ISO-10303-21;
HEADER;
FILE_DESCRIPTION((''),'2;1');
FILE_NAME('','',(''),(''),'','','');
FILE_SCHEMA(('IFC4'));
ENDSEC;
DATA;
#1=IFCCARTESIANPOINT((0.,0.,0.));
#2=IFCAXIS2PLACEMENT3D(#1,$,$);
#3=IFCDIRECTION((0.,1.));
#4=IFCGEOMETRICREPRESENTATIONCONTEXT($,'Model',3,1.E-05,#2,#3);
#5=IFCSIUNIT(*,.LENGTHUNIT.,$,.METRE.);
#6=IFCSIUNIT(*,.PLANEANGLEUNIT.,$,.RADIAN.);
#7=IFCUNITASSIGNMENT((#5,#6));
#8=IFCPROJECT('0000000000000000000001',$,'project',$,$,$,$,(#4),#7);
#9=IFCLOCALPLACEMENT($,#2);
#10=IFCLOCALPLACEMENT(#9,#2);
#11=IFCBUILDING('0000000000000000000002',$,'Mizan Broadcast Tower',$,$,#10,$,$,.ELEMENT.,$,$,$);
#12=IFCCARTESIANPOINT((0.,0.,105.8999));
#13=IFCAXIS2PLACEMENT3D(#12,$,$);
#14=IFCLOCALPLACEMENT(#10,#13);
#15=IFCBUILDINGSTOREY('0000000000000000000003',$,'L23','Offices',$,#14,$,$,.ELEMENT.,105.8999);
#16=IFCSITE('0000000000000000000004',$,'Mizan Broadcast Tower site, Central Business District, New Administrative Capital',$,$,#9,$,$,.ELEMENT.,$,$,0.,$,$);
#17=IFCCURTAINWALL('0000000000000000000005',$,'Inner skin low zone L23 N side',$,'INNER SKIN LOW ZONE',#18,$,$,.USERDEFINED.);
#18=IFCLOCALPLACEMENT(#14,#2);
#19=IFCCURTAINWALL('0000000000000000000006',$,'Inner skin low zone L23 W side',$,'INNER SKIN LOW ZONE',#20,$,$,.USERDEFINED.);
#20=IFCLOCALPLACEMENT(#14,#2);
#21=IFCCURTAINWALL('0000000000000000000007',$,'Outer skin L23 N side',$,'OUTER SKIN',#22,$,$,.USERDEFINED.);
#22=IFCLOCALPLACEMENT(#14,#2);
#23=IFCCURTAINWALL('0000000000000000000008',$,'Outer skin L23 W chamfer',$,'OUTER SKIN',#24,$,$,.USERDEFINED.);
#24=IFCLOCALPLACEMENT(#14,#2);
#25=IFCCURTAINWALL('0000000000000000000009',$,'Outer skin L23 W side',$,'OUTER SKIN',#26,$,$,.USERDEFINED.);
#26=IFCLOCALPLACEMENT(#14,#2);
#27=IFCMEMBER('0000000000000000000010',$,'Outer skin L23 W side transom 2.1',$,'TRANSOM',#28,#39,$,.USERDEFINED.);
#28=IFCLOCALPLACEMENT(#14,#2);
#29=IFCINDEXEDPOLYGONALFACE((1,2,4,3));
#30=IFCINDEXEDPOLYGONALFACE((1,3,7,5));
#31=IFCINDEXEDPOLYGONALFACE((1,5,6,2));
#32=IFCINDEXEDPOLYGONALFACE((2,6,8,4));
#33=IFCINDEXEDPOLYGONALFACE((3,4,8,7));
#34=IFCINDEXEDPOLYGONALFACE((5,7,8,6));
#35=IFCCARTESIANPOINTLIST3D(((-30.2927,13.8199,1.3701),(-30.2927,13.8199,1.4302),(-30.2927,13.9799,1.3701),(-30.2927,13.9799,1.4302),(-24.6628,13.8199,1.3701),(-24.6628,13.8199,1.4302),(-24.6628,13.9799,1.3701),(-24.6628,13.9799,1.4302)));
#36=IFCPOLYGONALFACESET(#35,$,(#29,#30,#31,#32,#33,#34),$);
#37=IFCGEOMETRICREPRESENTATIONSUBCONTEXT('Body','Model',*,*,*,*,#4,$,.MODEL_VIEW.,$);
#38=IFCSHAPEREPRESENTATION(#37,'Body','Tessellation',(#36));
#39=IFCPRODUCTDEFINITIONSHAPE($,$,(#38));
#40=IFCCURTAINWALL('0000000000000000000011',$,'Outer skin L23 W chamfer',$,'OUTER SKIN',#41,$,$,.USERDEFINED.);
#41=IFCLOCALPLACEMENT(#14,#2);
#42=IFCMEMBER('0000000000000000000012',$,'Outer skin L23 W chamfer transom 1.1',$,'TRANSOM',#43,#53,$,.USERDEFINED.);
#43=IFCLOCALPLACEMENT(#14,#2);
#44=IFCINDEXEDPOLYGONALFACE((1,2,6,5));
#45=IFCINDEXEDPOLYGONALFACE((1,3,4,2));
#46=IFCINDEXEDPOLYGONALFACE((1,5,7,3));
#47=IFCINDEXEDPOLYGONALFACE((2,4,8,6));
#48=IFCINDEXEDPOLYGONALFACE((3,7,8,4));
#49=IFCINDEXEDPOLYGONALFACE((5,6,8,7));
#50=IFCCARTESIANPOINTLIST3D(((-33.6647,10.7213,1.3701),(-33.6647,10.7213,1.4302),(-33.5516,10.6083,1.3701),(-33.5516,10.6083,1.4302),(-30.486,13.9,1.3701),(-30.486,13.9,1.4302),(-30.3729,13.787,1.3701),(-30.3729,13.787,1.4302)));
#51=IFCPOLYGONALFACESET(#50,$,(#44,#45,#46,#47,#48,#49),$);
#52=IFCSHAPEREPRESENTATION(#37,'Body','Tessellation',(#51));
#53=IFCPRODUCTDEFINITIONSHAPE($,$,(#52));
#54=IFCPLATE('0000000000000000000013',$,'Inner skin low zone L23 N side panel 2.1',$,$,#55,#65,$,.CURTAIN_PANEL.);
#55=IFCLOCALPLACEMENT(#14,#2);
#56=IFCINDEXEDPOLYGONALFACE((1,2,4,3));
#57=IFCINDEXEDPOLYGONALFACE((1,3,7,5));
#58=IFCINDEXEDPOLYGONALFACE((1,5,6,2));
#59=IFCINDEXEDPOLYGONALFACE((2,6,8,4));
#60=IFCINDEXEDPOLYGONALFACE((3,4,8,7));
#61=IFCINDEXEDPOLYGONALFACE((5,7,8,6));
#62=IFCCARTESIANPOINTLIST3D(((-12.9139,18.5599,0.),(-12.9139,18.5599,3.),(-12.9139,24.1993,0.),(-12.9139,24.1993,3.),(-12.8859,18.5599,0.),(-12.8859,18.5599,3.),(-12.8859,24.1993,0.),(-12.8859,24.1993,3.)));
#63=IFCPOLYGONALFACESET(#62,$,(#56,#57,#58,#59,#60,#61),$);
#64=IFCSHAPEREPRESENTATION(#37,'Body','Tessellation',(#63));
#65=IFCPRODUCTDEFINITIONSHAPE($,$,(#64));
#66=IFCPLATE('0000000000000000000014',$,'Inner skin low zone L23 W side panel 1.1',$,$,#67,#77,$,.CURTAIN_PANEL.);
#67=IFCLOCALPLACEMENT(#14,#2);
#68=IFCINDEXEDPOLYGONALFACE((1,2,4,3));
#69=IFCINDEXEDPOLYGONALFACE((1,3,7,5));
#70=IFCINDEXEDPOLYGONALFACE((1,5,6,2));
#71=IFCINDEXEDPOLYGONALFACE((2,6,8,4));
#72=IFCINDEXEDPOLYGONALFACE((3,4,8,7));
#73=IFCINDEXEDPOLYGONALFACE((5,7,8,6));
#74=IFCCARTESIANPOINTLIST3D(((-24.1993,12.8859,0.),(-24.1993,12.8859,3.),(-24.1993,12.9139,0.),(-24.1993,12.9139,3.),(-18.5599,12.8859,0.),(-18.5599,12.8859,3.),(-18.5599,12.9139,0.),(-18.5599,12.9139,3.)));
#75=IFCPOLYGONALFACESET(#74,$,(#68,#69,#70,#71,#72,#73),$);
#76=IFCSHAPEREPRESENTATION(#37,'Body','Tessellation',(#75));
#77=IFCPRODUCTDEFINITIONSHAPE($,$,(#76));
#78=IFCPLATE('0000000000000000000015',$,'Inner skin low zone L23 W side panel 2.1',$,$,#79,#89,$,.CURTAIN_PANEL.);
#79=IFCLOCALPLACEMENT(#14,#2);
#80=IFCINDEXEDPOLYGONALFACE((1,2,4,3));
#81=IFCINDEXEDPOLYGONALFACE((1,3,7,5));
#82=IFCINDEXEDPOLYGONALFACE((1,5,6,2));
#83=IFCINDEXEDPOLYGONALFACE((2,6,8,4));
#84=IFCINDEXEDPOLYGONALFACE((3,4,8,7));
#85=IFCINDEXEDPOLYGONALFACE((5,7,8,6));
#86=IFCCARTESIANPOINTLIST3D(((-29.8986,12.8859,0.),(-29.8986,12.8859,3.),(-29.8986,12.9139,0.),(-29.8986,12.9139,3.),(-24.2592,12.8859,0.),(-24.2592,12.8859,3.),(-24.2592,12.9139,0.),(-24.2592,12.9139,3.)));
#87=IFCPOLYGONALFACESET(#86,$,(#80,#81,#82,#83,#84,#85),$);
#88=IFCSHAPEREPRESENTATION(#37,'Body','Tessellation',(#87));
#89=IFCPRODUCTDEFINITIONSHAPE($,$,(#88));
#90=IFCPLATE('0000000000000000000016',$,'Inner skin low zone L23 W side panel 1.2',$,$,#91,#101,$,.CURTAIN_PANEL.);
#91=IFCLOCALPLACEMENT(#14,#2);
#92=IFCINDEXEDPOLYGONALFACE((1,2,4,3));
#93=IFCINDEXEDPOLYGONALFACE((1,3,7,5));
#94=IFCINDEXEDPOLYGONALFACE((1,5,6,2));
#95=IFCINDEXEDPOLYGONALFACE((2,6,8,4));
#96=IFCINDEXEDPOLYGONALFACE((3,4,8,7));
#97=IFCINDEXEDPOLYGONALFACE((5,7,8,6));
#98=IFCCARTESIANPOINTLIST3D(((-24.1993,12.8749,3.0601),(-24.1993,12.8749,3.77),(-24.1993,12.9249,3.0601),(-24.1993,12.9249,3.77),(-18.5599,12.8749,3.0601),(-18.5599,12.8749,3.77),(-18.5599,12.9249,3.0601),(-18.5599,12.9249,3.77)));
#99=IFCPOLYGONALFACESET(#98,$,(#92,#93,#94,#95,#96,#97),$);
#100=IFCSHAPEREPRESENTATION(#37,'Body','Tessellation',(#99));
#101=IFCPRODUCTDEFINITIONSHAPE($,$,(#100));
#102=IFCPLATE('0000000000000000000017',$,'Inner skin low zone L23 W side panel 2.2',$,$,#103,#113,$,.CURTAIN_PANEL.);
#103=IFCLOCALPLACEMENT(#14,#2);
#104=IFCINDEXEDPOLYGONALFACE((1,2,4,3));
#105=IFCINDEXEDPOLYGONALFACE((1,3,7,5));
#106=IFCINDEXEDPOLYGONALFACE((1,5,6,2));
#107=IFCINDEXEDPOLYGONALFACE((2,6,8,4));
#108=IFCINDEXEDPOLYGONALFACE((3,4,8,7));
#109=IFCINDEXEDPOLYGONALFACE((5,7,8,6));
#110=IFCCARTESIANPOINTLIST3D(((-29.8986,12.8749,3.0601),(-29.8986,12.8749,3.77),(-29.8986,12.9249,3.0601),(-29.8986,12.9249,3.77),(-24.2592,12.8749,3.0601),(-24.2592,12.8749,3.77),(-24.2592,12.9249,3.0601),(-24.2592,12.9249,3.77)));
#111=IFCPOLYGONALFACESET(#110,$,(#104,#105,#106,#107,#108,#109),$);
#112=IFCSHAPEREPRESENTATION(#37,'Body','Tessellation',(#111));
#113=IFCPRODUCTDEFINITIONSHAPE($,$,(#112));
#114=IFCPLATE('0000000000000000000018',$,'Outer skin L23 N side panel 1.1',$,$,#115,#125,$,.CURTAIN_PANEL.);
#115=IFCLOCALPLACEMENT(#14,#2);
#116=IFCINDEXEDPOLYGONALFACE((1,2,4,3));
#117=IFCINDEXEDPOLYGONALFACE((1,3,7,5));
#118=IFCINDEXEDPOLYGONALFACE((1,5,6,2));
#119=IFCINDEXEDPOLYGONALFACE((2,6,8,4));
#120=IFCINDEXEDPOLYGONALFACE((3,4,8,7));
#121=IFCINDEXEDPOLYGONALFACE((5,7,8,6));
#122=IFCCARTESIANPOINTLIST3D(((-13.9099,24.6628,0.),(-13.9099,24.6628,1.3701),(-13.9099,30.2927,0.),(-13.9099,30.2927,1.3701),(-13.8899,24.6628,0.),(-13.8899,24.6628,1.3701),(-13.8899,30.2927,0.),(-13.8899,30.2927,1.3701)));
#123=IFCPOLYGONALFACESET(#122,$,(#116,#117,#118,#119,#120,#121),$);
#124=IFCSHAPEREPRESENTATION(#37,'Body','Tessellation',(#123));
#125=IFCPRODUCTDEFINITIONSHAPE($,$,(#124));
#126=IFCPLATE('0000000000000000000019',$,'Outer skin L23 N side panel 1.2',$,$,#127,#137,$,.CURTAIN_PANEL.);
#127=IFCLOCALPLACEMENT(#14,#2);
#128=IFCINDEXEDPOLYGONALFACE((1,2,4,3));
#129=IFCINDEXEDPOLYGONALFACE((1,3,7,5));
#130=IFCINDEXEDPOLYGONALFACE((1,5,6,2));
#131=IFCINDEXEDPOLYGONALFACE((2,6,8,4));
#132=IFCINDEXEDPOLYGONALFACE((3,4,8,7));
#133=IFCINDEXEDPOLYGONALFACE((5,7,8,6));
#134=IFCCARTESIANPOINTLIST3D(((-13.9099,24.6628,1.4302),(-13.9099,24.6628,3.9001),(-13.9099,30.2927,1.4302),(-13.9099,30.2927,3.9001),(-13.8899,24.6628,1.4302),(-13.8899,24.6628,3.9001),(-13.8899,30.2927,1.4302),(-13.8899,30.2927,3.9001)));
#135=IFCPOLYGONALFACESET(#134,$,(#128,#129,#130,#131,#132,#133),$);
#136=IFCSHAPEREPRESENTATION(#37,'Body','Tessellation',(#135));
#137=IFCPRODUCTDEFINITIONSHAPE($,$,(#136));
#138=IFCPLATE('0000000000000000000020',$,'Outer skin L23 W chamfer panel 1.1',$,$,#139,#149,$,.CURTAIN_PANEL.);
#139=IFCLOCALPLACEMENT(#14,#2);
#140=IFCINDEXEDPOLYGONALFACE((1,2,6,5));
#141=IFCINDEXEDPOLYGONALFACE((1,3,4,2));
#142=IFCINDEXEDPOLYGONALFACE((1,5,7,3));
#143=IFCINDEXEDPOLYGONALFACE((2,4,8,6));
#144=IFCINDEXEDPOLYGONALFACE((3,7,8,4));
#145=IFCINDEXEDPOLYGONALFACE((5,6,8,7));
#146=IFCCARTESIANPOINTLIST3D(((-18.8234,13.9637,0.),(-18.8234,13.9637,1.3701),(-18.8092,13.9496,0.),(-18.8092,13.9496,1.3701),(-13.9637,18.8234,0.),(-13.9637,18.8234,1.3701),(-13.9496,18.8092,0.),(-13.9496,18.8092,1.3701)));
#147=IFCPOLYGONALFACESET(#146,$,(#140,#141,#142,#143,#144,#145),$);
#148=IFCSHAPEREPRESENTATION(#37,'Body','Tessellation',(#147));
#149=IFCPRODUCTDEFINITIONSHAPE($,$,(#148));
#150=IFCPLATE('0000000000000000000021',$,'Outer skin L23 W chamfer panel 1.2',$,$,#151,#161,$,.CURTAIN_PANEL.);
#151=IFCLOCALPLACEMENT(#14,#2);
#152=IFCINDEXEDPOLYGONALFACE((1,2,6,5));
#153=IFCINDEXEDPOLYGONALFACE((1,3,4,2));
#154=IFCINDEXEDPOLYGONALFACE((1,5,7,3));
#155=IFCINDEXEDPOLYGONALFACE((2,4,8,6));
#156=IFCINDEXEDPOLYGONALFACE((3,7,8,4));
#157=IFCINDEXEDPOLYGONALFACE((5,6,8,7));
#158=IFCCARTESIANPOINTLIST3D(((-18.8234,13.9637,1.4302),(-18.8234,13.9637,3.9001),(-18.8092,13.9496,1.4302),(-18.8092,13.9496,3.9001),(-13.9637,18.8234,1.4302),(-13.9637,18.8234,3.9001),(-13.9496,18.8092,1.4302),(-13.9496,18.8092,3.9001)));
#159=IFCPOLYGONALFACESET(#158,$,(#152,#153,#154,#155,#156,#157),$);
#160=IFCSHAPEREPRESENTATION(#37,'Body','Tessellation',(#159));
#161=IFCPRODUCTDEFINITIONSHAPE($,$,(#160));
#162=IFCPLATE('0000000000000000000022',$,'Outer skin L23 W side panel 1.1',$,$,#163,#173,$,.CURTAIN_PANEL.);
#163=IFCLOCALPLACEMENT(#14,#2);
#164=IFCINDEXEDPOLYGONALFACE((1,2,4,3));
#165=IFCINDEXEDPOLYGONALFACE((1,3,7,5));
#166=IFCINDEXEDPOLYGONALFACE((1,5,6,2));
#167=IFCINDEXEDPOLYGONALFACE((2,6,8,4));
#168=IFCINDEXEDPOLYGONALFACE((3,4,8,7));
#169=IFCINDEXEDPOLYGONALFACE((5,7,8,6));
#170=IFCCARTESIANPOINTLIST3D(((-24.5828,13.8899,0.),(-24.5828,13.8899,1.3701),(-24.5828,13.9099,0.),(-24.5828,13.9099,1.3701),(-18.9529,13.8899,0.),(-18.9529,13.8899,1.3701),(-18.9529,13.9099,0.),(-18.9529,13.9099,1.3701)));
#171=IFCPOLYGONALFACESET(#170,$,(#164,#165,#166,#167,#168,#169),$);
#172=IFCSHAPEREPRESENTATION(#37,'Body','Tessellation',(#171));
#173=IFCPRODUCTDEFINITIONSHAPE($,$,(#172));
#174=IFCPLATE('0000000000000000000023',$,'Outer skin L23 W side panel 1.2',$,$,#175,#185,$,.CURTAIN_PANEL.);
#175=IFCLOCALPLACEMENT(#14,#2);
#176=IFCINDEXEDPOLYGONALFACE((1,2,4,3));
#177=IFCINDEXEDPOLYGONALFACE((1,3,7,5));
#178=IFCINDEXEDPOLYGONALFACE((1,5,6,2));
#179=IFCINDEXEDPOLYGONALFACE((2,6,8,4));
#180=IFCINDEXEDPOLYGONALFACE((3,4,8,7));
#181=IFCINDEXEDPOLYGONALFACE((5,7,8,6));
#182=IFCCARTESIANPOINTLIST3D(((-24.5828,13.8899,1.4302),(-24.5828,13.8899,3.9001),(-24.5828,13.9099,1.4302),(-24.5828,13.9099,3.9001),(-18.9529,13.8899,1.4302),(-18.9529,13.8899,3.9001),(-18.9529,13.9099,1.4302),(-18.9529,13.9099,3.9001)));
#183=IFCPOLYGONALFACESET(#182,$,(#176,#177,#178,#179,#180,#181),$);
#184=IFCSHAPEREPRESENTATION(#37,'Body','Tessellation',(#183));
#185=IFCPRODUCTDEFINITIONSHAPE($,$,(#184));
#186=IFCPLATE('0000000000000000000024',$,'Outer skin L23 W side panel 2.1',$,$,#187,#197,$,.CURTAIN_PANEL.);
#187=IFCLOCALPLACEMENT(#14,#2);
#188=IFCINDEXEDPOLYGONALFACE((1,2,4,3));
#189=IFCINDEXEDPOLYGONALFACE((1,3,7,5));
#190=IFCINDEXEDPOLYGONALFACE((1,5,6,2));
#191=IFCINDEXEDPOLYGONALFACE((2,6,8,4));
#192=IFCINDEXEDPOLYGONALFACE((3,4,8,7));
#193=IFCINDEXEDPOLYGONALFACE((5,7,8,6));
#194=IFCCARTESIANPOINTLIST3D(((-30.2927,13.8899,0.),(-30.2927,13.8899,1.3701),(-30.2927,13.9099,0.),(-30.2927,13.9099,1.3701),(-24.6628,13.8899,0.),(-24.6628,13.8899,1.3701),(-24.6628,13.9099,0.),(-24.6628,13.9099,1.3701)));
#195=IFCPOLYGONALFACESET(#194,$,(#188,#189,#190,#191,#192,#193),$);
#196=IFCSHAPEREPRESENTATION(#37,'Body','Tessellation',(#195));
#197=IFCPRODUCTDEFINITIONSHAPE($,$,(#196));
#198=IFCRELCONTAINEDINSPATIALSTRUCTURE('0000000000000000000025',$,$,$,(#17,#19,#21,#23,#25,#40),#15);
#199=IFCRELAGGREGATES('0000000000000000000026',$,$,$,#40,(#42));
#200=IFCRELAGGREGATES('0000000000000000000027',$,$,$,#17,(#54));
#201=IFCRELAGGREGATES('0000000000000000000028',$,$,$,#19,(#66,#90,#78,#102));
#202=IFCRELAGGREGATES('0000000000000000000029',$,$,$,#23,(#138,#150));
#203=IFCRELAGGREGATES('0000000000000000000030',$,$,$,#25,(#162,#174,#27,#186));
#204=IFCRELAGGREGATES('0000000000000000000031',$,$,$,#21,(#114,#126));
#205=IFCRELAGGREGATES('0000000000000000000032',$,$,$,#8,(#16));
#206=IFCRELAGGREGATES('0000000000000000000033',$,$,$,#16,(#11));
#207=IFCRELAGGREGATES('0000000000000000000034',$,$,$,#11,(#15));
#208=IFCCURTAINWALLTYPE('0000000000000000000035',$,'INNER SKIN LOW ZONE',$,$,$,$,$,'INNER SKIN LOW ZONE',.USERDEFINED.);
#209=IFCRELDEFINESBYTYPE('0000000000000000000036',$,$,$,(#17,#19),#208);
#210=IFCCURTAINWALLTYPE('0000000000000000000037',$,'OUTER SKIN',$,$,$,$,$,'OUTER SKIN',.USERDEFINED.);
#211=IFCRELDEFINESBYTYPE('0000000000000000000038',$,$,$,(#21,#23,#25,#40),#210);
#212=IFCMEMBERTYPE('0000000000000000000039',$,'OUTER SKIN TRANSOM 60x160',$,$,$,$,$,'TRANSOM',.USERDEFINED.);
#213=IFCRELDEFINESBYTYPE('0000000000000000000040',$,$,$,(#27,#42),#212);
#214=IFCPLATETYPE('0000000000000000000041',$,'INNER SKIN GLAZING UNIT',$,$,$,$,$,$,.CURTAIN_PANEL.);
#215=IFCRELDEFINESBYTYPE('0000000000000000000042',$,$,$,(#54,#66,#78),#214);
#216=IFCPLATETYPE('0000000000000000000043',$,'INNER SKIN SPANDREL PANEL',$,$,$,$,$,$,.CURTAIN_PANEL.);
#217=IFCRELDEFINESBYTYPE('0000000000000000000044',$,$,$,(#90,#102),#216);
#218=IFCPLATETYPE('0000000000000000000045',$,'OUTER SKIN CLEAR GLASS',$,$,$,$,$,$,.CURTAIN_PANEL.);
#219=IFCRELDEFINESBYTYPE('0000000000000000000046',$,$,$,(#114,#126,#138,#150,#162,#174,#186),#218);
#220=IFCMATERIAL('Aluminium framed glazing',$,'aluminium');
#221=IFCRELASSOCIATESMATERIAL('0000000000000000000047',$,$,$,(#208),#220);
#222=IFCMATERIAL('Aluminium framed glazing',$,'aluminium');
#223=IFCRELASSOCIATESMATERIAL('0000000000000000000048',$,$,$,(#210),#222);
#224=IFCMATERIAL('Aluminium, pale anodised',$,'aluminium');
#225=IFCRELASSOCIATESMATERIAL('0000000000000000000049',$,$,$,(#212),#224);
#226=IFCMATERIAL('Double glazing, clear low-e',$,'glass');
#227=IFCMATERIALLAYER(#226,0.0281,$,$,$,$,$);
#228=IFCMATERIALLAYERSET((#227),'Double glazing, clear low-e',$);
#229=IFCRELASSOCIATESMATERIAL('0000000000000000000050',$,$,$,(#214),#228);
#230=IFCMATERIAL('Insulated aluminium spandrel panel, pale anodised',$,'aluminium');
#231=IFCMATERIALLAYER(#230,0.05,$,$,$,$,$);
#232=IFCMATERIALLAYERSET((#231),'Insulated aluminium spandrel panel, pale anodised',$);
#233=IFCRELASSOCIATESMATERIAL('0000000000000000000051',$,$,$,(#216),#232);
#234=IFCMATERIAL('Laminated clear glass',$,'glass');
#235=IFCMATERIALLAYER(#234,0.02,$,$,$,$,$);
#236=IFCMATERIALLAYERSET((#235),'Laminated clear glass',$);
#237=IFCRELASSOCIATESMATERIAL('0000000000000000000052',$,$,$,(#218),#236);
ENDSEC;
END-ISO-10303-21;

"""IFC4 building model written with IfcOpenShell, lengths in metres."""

from ifc_helpers import new_model, si_unit, direction, frame, origin, origin_2d, place, context, subcontext, project, spatial, rectangle, extrude, material, layer, layer_set, material_profile, profile_set, type_object, element, aggregate, save


model = new_model("IFC4")

# Units and contexts
model_context = context("Model", 3, precision=1e-05, world=origin(), true_north=direction((0.0, 1.0)))
body_context = subcontext(model_context, "Body", "Model", "MODEL_VIEW")
ifc_project = project(units=[si_unit("LENGTHUNIT", "METRE"), si_unit("PLANEANGLEUNIT", "RADIAN")], contexts=[model_context])

# Site, building, storey
site_placement = place(None, origin())
site = spatial("IfcSite", under=ifc_project, at=site_placement, Name="Mizan Broadcast Tower site, Central Business District, New Administrative Capital", CompositionType="ELEMENT", RefElevation=0.0)
building_placement = place(site_placement, origin())
building = spatial("IfcBuilding", under=site, at=building_placement, Name="Mizan Broadcast Tower", CompositionType="ELEMENT")
storey_placement = place(building_placement, frame((0.0, 0.0, 105.8999)))
storey = spatial("IfcBuildingStorey", under=building, at=storey_placement, Name="L23", Description="Offices", CompositionType="ELEMENT", Elevation=105.8999)

# Curtain wall
ifc_material_1 = material(Name="Aluminium framed glazing", Category="aluminium")
curtain_wall_type_1 = type_object("IfcCurtainWallType", Name="INNER SKIN LOW ZONE", ElementType="INNER SKIN LOW ZONE", PredefinedType="USERDEFINED", material=ifc_material_1)
curtain_wall_1_placement = place(storey_placement, origin())
curtain_wall_1 = element("IfcCurtainWall", 1, at=curtain_wall_1_placement, inside=storey, type_object=curtain_wall_type_1, Name="Inner skin low zone L23 N side", ObjectType="INNER SKIN LOW ZONE", PredefinedType="USERDEFINED")

# Curtain wall
curtain_wall_2_placement = place(storey_placement, origin())
curtain_wall_2 = element("IfcCurtainWall", 2, at=curtain_wall_2_placement, inside=storey, type_object=curtain_wall_type_1, Name="Inner skin low zone L23 W side", ObjectType="INNER SKIN LOW ZONE", PredefinedType="USERDEFINED")

# Shared definitions
ifc_material_2 = material(Name="Aluminium framed glazing", Category="aluminium")
curtain_wall_type_2 = type_object("IfcCurtainWallType", Name="OUTER SKIN", ElementType="OUTER SKIN", PredefinedType="USERDEFINED", material=ifc_material_2)

# Curtain wall
curtain_wall_3_placement = place(storey_placement, origin())
curtain_wall_3 = element("IfcCurtainWall", 3, at=curtain_wall_3_placement, inside=storey, type_object=curtain_wall_type_2, Name="Outer skin L23 N side", ObjectType="OUTER SKIN", PredefinedType="USERDEFINED")

# Curtain wall
curtain_wall_4_placement = place(storey_placement, origin())
curtain_wall_4 = element("IfcCurtainWall", 4, at=curtain_wall_4_placement, inside=storey, type_object=curtain_wall_type_2, Name="Outer skin L23 W chamfer", ObjectType="OUTER SKIN", PredefinedType="USERDEFINED")

# Curtain wall
curtain_wall_5_placement = place(storey_placement, origin())
curtain_wall_5 = element("IfcCurtainWall", 5, at=curtain_wall_5_placement, inside=storey, type_object=curtain_wall_type_2, Name="Outer skin L23 W side", ObjectType="OUTER SKIN", PredefinedType="USERDEFINED")

# Member
ifc_material_3 = material(Name="Aluminium, pale anodised", Category="aluminium")
ifc_material_profile_1 = material_profile(ifc_material_3, rectangle(XDim=0.1599, YDim=0.0601, at=origin_2d()), Name="TRANSOM 160x60")
ifc_profile_set_1 = profile_set([ifc_material_profile_1], Name="Aluminium, pale anodised")
member_type_1 = type_object("IfcMemberType", Name="OUTER SKIN TRANSOM 60x160", ElementType="TRANSOM", PredefinedType="USERDEFINED", material=ifc_profile_set_1)
member_1_placement = place(storey_placement, frame((-24.6628, 13.8999, 1.4001), z_axis=(-1.0, 0.0, 0.0), x_axis=(0.0, -1.0, 0.0)))
member_1 = element("IfcMember", 6, at=member_1_placement, type_object=member_type_1, Name="Outer skin L23 W side transom 2.1", ObjectType="TRANSOM", PredefinedType="USERDEFINED", context=body_context, shape_type="SweptSolid", body=[
    extrude(rectangle(XDim=0.1599, YDim=0.0601, at=origin_2d()), origin(), (0.0, 0.0, 1.0), 5.6299),
])

# Curtain wall, member
curtain_wall_6_placement = place(storey_placement, origin())
curtain_wall_6 = element("IfcCurtainWall", 7, at=curtain_wall_6_placement, inside=storey, type_object=curtain_wall_type_2, Name="Outer skin L23 W chamfer", ObjectType="OUTER SKIN", PredefinedType="USERDEFINED")
member_2_placement = place(storey_placement, frame((-30.4294, 13.8435, 1.4001), z_axis=(-0.707107, -0.707107, 0.0), x_axis=(0.707107, -0.707107, 0.0)))
member_2 = element("IfcMember", 8, at=member_2_placement, type_object=member_type_1, Name="Outer skin L23 W chamfer transom 1.1", ObjectType="TRANSOM", PredefinedType="USERDEFINED", context=body_context, shape_type="SweptSolid", body=[
    extrude(rectangle(XDim=0.1599, YDim=0.0601, at=origin_2d()), origin(), (0.0, 0.0, 1.0), 4.4954),
])
aggregate(curtain_wall_6, [member_2])

# Plates
ifc_material_4 = material(Name="Double glazing, clear low-e", Category="glass")
ifc_layer_1 = layer(ifc_material_4, 0.0281)
ifc_layer_set_1 = layer_set([ifc_layer_1], Name="Double glazing, clear low-e")
plate_type_1 = type_object("IfcPlateType", Name="INNER SKIN GLAZING UNIT", PredefinedType="CURTAIN_PANEL", material=ifc_layer_set_1)
plate_1_placement = place(storey_placement, frame((-12.8999, 21.3796, 0.0), z_axis=(0.0, 0.0, 1.0), x_axis=(0.0, -1.0, 0.0)))
plate_1 = element("IfcPlate", 9, at=plate_1_placement, type_object=plate_type_1, Name="Inner skin low zone L23 N side panel 2.1", PredefinedType="CURTAIN_PANEL", context=body_context, shape_type="SweptSolid", body=[
    extrude(rectangle(XDim=5.6394, YDim=0.0281, at=origin_2d()), origin(), (0.0, 0.0, 1.0), 3.0),
])
aggregate(curtain_wall_1, [plate_1])
plate_2_placement = place(storey_placement, frame((-21.3796, 12.8999, 0.0), z_axis=(0.0, 0.0, 1.0), x_axis=(-1.0, 0.0, 0.0)))
plate_2 = element("IfcPlate", 10, at=plate_2_placement, type_object=plate_type_1, Name="Inner skin low zone L23 W side panel 1.1", PredefinedType="CURTAIN_PANEL", context=body_context, shape_type="SweptSolid", body=[
    extrude(rectangle(XDim=5.6394, YDim=0.0281, at=origin_2d()), origin(), (0.0, 0.0, 1.0), 3.0),
])
plate_3_placement = place(storey_placement, frame((-27.0789, 12.8999, 0.0), z_axis=(0.0, 0.0, 1.0), x_axis=(-1.0, 0.0, 0.0)))
plate_3 = element("IfcPlate", 11, at=plate_3_placement, type_object=plate_type_1, Name="Inner skin low zone L23 W side panel 2.1", PredefinedType="CURTAIN_PANEL", context=body_context, shape_type="SweptSolid", body=[
    extrude(rectangle(XDim=5.6394, YDim=0.0281, at=origin_2d()), origin(), (0.0, 0.0, 1.0), 3.0),
])
ifc_material_5 = material(Name="Insulated aluminium spandrel panel, pale anodised", Category="aluminium")
ifc_layer_2 = layer(ifc_material_5, 0.05)
ifc_layer_set_2 = layer_set([ifc_layer_2], Name="Insulated aluminium spandrel panel, pale anodised")
plate_type_2 = type_object("IfcPlateType", Name="INNER SKIN SPANDREL PANEL", PredefinedType="CURTAIN_PANEL", material=ifc_layer_set_2)
plate_4_placement = place(storey_placement, frame((-21.3796, 12.8999, 3.0601), z_axis=(0.0, 0.0, 1.0), x_axis=(-1.0, 0.0, 0.0)))
plate_4 = element("IfcPlate", 12, at=plate_4_placement, type_object=plate_type_2, Name="Inner skin low zone L23 W side panel 1.2", PredefinedType="CURTAIN_PANEL", context=body_context, shape_type="SweptSolid", body=[
    extrude(rectangle(XDim=5.6394, YDim=0.05, at=origin_2d()), origin(), (0.0, 0.0, 1.0), 0.71),
])
plate_5_placement = place(storey_placement, frame((-27.0789, 12.8999, 3.0601), z_axis=(0.0, 0.0, 1.0), x_axis=(-1.0, 0.0, 0.0)))
plate_5 = element("IfcPlate", 13, at=plate_5_placement, type_object=plate_type_2, Name="Inner skin low zone L23 W side panel 2.2", PredefinedType="CURTAIN_PANEL", context=body_context, shape_type="SweptSolid", body=[
    extrude(rectangle(XDim=5.6394, YDim=0.05, at=origin_2d()), origin(), (0.0, 0.0, 1.0), 0.71),
])
aggregate(curtain_wall_2, [plate_2, plate_4, plate_3, plate_5])
ifc_material_6 = material(Name="Laminated clear glass", Category="glass")
ifc_layer_3 = layer(ifc_material_6, 0.02)
ifc_layer_set_3 = layer_set([ifc_layer_3], Name="Laminated clear glass")
plate_type_3 = type_object("IfcPlateType", Name="OUTER SKIN CLEAR GLASS", PredefinedType="CURTAIN_PANEL", material=ifc_layer_set_3)
plate_6_placement = place(storey_placement, frame((-13.8999, 27.4778, 0.0), z_axis=(0.0, 0.0, 1.0), x_axis=(0.0, -1.0, 0.0)))
plate_6 = element("IfcPlate", 14, at=plate_6_placement, type_object=plate_type_3, Name="Outer skin L23 N side panel 1.1", PredefinedType="CURTAIN_PANEL", context=body_context, shape_type="SweptSolid", body=[
    extrude(rectangle(XDim=5.6299, YDim=0.02, at=origin_2d()), origin(), (0.0, 0.0, 1.0), 1.3701),
])
plate_7_placement = place(storey_placement, frame((-13.8999, 27.4778, 1.4302), z_axis=(0.0, 0.0, 1.0), x_axis=(0.0, -1.0, 0.0)))
plate_7 = element("IfcPlate", 15, at=plate_7_placement, type_object=plate_type_3, Name="Outer skin L23 N side panel 1.2", PredefinedType="CURTAIN_PANEL", context=body_context, shape_type="SweptSolid", body=[
    extrude(rectangle(XDim=5.6299, YDim=0.02, at=origin_2d()), origin(), (0.0, 0.0, 1.0), 2.47),
])
plate_8_placement = place(storey_placement, frame((-16.3865, 16.3865, 0.0), z_axis=(0.0, 0.0, 1.0), x_axis=(-0.707107, -0.707107, 0.0)))
plate_8 = element("IfcPlate", 16, at=plate_8_placement, type_object=plate_type_3, Name="Outer skin L23 W chamfer panel 1.1", PredefinedType="CURTAIN_PANEL", context=body_context, shape_type="SweptSolid", body=[
    extrude(rectangle(XDim=6.8726, YDim=0.02, at=origin_2d()), origin(), (0.0, 0.0, 1.0), 1.3701),
])
plate_9_placement = place(storey_placement, frame((-16.3865, 16.3865, 1.4302), z_axis=(0.0, 0.0, 1.0), x_axis=(-0.707107, -0.707107, 0.0)))
plate_9 = element("IfcPlate", 17, at=plate_9_placement, type_object=plate_type_3, Name="Outer skin L23 W chamfer panel 1.2", PredefinedType="CURTAIN_PANEL", context=body_context, shape_type="SweptSolid", body=[
    extrude(rectangle(XDim=6.8726, YDim=0.02, at=origin_2d()), origin(), (0.0, 0.0, 1.0), 2.47),
])
aggregate(curtain_wall_4, [plate_8, plate_9])
plate_10_placement = place(storey_placement, frame((-21.7678, 13.8999, 0.0), z_axis=(0.0, 0.0, 1.0), x_axis=(-1.0, 0.0, 0.0)))
plate_10 = element("IfcPlate", 18, at=plate_10_placement, type_object=plate_type_3, Name="Outer skin L23 W side panel 1.1", PredefinedType="CURTAIN_PANEL", context=body_context, shape_type="SweptSolid", body=[
    extrude(rectangle(XDim=5.6299, YDim=0.02, at=origin_2d()), origin(), (0.0, 0.0, 1.0), 1.3701),
])
plate_11_placement = place(storey_placement, frame((-21.7678, 13.8999, 1.4302), z_axis=(0.0, 0.0, 1.0), x_axis=(-1.0, 0.0, 0.0)))
plate_11 = element("IfcPlate", 19, at=plate_11_placement, type_object=plate_type_3, Name="Outer skin L23 W side panel 1.2", PredefinedType="CURTAIN_PANEL", context=body_context, shape_type="SweptSolid", body=[
    extrude(rectangle(XDim=5.6299, YDim=0.02, at=origin_2d()), origin(), (0.0, 0.0, 1.0), 2.47),
])
plate_12_placement = place(storey_placement, frame((-27.4778, 13.8999, 0.0), z_axis=(0.0, 0.0, 1.0), x_axis=(-1.0, 0.0, 0.0)))
plate_12 = element("IfcPlate", 20, at=plate_12_placement, type_object=plate_type_3, Name="Outer skin L23 W side panel 2.1", PredefinedType="CURTAIN_PANEL", context=body_context, shape_type="SweptSolid", body=[
    extrude(rectangle(XDim=5.6299, YDim=0.02, at=origin_2d()), origin(), (0.0, 0.0, 1.0), 1.3701),
])
aggregate(curtain_wall_5, [plate_10, plate_11, member_1, plate_12])
aggregate(curtain_wall_3, [plate_6, plate_7])

save(model, "model.ifc")
